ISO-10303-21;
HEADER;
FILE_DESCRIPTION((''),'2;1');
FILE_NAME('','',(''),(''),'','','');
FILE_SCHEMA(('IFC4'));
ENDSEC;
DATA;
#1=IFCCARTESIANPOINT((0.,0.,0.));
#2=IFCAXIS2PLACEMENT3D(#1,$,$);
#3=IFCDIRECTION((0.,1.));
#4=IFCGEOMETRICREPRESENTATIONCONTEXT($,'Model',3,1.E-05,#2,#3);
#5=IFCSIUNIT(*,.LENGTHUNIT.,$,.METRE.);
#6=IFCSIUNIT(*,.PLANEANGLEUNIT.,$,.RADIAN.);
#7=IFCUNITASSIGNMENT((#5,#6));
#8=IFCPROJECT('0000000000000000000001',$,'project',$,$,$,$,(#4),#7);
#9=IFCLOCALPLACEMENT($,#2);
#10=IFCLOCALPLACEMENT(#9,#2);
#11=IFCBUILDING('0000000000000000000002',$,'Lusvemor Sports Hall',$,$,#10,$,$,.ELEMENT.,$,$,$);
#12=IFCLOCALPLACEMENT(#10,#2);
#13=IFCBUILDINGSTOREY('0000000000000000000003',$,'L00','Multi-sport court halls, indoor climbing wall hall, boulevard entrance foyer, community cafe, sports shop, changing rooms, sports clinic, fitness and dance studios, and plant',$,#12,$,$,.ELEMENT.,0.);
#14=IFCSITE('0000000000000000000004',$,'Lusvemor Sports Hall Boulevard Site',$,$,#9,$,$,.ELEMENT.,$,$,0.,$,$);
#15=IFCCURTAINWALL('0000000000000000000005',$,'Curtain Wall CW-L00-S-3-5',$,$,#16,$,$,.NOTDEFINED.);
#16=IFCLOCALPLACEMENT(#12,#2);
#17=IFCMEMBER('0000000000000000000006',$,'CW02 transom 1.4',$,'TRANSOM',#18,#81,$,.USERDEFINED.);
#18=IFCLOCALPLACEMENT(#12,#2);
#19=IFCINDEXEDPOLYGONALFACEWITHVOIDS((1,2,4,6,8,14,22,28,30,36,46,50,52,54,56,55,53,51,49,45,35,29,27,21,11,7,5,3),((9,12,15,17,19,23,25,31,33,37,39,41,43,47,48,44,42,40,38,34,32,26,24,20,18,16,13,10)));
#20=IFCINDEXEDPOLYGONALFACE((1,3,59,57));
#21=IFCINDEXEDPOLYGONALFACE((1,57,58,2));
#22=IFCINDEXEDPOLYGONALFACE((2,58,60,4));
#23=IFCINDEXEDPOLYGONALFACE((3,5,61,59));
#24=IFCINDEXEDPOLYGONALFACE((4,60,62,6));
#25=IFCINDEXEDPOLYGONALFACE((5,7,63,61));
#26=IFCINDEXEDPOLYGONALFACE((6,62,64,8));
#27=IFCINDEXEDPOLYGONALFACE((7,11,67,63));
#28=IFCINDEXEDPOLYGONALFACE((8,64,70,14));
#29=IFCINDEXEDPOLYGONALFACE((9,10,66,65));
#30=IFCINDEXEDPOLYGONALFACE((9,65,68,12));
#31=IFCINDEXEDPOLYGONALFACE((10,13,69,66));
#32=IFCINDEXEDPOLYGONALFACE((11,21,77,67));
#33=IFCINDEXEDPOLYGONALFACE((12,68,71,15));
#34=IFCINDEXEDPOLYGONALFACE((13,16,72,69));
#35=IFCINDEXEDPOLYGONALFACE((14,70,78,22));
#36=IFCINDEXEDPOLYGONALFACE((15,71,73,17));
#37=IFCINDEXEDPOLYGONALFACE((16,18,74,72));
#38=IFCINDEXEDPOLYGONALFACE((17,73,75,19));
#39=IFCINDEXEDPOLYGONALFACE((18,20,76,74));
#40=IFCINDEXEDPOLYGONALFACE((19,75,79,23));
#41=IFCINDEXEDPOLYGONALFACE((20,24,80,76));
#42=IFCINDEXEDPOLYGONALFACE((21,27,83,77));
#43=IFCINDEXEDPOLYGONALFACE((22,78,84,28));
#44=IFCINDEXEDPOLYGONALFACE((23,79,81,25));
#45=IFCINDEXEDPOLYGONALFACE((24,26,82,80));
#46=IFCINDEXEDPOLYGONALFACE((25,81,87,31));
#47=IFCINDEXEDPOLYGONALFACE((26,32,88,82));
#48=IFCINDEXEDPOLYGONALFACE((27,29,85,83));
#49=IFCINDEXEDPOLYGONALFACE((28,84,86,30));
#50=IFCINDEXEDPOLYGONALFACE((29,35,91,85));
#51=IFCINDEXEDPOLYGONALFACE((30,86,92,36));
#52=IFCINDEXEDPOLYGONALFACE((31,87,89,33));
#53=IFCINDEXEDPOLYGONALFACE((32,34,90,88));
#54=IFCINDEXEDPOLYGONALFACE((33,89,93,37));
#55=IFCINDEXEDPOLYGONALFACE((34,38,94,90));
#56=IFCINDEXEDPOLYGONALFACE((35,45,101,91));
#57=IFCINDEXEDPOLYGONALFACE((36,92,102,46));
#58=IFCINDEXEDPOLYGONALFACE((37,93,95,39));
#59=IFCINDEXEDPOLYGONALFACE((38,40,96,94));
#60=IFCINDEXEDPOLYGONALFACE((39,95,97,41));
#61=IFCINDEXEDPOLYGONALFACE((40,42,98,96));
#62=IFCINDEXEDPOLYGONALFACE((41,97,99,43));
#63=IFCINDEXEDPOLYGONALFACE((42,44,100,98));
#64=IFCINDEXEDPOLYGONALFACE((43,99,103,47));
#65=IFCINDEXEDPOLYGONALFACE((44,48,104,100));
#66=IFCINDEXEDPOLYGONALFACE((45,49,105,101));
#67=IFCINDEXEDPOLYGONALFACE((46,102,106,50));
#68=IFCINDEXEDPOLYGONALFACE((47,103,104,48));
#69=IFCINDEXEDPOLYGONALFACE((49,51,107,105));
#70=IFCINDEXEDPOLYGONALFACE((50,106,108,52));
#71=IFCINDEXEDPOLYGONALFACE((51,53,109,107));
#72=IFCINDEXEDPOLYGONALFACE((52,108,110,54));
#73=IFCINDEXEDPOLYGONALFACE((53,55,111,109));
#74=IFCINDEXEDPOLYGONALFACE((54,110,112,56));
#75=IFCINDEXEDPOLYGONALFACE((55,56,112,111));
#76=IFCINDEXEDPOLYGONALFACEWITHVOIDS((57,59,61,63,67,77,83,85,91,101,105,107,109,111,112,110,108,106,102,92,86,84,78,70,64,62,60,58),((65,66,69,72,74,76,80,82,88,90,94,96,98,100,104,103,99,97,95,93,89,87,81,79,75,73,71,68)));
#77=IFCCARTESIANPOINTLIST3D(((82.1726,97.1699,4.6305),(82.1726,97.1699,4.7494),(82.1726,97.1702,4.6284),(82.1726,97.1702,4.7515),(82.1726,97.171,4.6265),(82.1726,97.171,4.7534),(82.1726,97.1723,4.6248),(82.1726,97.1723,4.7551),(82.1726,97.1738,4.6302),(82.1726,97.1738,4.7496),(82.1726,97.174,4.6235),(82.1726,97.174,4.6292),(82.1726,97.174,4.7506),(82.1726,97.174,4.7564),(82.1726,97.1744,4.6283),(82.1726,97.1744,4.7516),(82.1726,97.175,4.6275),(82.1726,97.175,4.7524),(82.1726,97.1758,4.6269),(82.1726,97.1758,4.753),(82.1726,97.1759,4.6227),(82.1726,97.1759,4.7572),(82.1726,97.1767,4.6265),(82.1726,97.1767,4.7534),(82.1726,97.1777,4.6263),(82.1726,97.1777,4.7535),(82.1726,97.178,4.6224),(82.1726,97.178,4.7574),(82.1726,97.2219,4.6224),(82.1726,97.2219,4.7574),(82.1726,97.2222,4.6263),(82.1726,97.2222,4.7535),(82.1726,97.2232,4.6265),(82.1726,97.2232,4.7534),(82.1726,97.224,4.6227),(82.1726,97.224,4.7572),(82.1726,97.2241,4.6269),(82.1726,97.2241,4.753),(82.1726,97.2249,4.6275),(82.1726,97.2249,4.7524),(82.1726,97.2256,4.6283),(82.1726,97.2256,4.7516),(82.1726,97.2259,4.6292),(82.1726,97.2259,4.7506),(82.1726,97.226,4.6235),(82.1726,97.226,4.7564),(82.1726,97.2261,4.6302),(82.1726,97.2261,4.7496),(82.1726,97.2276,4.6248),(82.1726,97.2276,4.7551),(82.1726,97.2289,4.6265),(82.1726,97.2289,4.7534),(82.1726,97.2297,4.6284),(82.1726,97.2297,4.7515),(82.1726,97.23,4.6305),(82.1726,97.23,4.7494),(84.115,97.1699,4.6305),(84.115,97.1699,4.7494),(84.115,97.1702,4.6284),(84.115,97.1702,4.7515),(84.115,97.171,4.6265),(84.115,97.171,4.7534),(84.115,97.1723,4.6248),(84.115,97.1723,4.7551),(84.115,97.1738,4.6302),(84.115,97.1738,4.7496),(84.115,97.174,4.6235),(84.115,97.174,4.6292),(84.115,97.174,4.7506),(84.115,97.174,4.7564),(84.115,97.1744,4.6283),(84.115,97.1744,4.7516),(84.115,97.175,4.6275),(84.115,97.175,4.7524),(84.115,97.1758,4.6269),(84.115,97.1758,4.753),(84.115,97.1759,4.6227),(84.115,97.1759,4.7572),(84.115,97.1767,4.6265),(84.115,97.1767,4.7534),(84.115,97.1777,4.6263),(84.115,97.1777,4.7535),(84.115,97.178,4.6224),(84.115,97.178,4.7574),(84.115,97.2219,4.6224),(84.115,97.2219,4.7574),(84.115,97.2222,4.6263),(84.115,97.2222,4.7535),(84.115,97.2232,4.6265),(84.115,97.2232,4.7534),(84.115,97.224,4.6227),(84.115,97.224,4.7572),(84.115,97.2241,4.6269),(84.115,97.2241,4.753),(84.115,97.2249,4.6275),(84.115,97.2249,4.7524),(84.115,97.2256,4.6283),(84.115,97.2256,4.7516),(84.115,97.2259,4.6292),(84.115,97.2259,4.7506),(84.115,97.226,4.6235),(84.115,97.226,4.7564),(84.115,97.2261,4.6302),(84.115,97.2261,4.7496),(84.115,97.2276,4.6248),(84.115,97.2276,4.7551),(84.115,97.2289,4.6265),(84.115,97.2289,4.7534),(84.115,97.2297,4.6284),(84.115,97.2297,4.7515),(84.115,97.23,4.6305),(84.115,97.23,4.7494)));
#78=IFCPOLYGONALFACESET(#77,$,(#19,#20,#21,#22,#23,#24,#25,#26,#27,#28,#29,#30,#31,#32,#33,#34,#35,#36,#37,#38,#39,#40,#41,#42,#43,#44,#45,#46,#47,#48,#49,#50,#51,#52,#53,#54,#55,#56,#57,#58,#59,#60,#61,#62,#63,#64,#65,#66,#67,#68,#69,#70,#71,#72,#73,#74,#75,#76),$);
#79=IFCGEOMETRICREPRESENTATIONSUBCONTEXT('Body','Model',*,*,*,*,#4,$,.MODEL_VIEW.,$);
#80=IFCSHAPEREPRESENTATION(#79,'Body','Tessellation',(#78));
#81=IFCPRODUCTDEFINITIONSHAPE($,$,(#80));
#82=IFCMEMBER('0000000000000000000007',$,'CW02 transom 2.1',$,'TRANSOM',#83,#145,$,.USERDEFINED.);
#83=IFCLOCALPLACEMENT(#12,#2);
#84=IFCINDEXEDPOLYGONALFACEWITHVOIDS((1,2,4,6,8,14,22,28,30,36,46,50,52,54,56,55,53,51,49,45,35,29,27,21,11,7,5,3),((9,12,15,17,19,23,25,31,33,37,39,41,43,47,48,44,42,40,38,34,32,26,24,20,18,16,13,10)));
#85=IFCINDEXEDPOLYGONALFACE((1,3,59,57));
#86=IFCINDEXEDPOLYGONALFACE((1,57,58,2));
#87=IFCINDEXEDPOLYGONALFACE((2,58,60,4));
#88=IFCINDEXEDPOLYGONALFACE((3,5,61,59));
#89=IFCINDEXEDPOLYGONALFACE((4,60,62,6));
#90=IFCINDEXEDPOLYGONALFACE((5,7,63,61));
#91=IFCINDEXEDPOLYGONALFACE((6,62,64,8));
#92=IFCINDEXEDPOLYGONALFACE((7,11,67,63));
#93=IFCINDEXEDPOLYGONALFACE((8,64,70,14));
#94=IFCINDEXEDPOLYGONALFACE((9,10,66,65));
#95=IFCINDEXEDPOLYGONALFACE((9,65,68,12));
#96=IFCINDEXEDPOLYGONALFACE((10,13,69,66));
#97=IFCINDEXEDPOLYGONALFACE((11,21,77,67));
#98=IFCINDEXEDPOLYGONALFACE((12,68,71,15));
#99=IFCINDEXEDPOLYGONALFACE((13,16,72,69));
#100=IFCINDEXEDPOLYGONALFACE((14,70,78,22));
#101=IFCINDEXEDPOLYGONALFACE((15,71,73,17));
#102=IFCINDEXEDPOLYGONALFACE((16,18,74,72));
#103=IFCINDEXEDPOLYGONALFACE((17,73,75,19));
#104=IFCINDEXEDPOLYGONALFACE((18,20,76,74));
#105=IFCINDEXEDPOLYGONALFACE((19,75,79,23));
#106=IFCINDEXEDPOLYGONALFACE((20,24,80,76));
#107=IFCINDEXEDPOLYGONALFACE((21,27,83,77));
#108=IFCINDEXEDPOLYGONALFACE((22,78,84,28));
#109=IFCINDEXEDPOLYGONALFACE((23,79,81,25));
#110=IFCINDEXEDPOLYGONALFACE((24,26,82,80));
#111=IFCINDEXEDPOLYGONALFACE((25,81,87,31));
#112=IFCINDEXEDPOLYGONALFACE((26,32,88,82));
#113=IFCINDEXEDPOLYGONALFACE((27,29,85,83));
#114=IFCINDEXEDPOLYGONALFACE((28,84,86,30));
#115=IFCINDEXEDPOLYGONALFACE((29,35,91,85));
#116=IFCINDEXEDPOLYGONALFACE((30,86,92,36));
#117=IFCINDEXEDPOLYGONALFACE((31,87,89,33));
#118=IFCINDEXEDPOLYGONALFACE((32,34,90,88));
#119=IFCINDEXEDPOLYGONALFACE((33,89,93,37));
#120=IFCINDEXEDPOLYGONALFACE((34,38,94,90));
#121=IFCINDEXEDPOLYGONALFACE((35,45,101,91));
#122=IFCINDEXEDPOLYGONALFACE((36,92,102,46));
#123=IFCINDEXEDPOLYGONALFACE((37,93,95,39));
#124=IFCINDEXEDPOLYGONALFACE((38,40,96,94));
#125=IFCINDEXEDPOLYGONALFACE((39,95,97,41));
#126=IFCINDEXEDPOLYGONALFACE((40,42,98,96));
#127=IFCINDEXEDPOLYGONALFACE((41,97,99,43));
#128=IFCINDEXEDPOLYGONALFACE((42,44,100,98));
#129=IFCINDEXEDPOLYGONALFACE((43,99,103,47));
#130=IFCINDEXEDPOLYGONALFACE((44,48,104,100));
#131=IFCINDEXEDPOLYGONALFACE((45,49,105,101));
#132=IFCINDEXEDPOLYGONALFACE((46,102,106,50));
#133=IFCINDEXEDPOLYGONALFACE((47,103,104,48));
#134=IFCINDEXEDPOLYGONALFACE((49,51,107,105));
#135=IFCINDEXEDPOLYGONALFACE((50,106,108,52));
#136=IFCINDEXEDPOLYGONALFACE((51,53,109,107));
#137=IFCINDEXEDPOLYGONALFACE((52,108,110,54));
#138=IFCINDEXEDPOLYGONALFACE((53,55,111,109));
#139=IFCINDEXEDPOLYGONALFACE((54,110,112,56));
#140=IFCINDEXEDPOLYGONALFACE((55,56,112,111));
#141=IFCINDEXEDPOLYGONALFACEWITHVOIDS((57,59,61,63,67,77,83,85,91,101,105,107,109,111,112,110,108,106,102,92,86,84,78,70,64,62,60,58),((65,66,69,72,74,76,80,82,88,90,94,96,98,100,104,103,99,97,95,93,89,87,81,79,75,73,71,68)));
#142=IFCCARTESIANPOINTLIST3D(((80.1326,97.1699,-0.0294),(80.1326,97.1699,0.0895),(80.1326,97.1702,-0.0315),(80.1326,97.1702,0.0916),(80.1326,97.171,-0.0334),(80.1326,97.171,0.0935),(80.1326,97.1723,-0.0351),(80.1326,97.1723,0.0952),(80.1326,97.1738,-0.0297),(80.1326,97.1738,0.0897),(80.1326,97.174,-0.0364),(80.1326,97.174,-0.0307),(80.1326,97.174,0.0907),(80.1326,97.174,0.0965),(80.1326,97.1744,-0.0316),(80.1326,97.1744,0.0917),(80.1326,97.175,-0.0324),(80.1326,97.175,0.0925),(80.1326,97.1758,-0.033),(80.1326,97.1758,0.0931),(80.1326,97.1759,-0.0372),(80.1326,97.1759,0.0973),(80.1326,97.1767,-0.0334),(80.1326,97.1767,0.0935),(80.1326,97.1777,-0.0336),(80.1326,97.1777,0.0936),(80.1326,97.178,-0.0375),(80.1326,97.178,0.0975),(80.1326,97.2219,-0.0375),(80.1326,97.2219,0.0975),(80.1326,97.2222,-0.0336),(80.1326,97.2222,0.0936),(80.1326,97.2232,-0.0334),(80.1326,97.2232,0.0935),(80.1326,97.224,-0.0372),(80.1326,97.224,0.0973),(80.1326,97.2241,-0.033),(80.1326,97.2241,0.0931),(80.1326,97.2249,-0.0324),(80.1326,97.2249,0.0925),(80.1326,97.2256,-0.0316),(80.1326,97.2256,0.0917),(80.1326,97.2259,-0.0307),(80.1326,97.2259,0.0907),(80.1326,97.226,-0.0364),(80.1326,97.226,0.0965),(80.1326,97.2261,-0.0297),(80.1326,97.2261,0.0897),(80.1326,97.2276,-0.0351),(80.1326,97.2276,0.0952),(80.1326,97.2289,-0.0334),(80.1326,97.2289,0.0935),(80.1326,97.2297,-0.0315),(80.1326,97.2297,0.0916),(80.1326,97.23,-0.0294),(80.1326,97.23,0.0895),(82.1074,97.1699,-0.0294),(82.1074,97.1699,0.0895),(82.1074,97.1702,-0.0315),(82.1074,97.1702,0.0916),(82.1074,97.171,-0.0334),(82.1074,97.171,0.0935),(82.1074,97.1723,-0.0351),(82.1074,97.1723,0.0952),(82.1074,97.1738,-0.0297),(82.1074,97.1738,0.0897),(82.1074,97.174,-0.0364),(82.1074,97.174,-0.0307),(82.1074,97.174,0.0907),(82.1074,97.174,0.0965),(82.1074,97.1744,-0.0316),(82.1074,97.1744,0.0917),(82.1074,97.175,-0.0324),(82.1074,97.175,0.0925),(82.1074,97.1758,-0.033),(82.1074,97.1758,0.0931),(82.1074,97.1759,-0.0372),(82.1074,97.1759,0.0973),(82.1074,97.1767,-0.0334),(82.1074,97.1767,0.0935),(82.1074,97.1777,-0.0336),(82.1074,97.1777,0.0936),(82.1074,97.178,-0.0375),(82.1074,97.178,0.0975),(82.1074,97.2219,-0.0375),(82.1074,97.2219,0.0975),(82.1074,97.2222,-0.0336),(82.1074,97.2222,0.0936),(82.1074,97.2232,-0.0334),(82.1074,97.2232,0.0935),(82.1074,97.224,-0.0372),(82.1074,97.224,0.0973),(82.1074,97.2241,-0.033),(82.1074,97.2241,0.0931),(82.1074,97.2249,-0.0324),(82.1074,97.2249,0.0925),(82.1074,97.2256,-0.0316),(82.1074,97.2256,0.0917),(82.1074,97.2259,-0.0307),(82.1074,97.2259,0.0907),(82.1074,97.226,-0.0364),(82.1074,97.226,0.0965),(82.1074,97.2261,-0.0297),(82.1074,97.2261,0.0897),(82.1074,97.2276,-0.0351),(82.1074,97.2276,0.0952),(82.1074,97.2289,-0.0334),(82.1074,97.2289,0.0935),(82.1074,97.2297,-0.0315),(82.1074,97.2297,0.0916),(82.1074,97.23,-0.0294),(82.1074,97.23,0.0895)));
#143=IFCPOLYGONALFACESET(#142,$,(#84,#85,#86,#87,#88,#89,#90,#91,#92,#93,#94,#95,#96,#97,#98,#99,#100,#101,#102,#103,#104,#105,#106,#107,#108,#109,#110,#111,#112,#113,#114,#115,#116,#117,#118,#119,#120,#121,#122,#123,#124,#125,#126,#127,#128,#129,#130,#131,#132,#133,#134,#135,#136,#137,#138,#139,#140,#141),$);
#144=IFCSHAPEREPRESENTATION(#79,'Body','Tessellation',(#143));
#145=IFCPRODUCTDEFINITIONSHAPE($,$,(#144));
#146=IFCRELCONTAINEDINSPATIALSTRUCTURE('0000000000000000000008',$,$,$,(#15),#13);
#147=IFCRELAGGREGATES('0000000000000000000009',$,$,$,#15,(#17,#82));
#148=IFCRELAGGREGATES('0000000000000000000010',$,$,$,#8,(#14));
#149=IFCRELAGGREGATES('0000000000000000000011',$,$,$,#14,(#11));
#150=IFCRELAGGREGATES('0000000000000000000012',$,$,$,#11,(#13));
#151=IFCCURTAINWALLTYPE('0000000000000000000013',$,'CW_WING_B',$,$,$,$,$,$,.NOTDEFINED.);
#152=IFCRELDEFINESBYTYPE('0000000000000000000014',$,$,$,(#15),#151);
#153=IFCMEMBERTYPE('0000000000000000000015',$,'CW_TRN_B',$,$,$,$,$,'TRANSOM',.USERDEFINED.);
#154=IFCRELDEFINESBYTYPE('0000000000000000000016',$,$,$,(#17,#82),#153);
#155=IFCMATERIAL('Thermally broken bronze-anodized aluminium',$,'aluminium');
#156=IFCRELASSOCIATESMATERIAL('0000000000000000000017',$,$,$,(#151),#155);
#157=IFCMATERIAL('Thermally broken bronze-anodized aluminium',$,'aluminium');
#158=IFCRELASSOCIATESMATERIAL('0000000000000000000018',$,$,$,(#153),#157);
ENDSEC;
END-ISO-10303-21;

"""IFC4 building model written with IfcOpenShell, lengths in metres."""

from ifc_helpers import new_model, si_unit, direction, frame, origin, origin_2d, place, context, subcontext, project, spatial, hollow_rectangle, extrude, material, material_profile, profile_set, type_object, element, aggregate, save


model = new_model("IFC4")

# Units and contexts
model_context = context("Model", 3, precision=1e-05, world=origin(), true_north=direction((0.0, 1.0)))
body_context = subcontext(model_context, "Body", "Model", "MODEL_VIEW")
ifc_project = project(units=[si_unit("LENGTHUNIT", "METRE"), si_unit("PLANEANGLEUNIT", "RADIAN")], contexts=[model_context])

# Site, building, storey
site_placement = place(None, origin())
site = spatial("IfcSite", under=ifc_project, at=site_placement, Name="Lusvemor Sports Hall Boulevard Site", CompositionType="ELEMENT", RefElevation=0.0)
building_placement = place(site_placement, origin())
building = spatial("IfcBuilding", under=site, at=building_placement, Name="Lusvemor Sports Hall", CompositionType="ELEMENT")
storey_placement = place(building_placement, origin())
storey = spatial("IfcBuildingStorey", under=building, at=storey_placement, Name="L00", Description="Multi-sport court halls, indoor climbing wall hall, boulevard entrance foyer, community cafe, sports shop, changing rooms, sports clinic, fitness and dance studios, and plant", CompositionType="ELEMENT", Elevation=0.0)

# Curtain wall, members
ifc_material_1 = material(Name="Thermally broken bronze-anodized aluminium", Category="aluminium")
curtain_wall_type = type_object("IfcCurtainWallType", Name="CW_WING_B", PredefinedType="NOTDEFINED", material=ifc_material_1)
curtain_wall_placement = place(storey_placement, origin())
curtain_wall = element("IfcCurtainWall", 1, at=curtain_wall_placement, inside=storey, type_object=curtain_wall_type, Name="Curtain Wall CW-L00-S-3-5", PredefinedType="NOTDEFINED")
ifc_material_2 = material(Name="Thermally broken bronze-anodized aluminium", Category="aluminium")
ifc_material_profile_1 = material_profile(ifc_material_2, hollow_rectangle(XDim=0.0601, YDim=0.135, WallThickness=0.0039, InnerFilletRadius=0.0039, OuterFilletRadius=0.0081, at=origin_2d()), Name="CWTRN135x60x4")
ifc_profile_set_1 = profile_set([ifc_material_profile_1], Name="Thermally broken bronze-anodized aluminium")
member_type_1 = type_object("IfcMemberType", Name="CW_TRN_B", ElementType="TRANSOM", PredefinedType="USERDEFINED", material=ifc_profile_set_1)
member_1_placement = place(storey_placement, frame((84.115, 97.2, 4.6899), z_axis=(-1.0, 0.0, 0.0), x_axis=(0.0, -1.0, 0.0)))
member_1 = element("IfcMember", 2, at=member_1_placement, type_object=member_type_1, Name="CW02 transom 1.4", ObjectType="TRANSOM", PredefinedType="USERDEFINED", context=body_context, shape_type="SweptSolid", body=[
    extrude(hollow_rectangle(XDim=0.0601, YDim=0.135, WallThickness=0.0039, InnerFilletRadius=0.0039, OuterFilletRadius=0.0081, at=origin_2d()), origin(), (0.0, 0.0, 1.0), 1.9424),
])
member_2_placement = place(storey_placement, frame((82.1074, 97.2, 0.03), z_axis=(-1.0, 0.0, 0.0), x_axis=(0.0, -1.0, 0.0)))
member_2 = element("IfcMember", 3, at=member_2_placement, type_object=member_type_1, Name="CW02 transom 2.1", ObjectType="TRANSOM", PredefinedType="USERDEFINED", context=body_context, shape_type="SweptSolid", body=[
    extrude(hollow_rectangle(XDim=0.0601, YDim=0.135, WallThickness=0.0039, InnerFilletRadius=0.0039, OuterFilletRadius=0.0081, at=origin_2d()), origin(), (0.0, 0.0, 1.0), 1.9749),
])
aggregate(curtain_wall, [member_1, member_2])

save(model, "model.ifc")
